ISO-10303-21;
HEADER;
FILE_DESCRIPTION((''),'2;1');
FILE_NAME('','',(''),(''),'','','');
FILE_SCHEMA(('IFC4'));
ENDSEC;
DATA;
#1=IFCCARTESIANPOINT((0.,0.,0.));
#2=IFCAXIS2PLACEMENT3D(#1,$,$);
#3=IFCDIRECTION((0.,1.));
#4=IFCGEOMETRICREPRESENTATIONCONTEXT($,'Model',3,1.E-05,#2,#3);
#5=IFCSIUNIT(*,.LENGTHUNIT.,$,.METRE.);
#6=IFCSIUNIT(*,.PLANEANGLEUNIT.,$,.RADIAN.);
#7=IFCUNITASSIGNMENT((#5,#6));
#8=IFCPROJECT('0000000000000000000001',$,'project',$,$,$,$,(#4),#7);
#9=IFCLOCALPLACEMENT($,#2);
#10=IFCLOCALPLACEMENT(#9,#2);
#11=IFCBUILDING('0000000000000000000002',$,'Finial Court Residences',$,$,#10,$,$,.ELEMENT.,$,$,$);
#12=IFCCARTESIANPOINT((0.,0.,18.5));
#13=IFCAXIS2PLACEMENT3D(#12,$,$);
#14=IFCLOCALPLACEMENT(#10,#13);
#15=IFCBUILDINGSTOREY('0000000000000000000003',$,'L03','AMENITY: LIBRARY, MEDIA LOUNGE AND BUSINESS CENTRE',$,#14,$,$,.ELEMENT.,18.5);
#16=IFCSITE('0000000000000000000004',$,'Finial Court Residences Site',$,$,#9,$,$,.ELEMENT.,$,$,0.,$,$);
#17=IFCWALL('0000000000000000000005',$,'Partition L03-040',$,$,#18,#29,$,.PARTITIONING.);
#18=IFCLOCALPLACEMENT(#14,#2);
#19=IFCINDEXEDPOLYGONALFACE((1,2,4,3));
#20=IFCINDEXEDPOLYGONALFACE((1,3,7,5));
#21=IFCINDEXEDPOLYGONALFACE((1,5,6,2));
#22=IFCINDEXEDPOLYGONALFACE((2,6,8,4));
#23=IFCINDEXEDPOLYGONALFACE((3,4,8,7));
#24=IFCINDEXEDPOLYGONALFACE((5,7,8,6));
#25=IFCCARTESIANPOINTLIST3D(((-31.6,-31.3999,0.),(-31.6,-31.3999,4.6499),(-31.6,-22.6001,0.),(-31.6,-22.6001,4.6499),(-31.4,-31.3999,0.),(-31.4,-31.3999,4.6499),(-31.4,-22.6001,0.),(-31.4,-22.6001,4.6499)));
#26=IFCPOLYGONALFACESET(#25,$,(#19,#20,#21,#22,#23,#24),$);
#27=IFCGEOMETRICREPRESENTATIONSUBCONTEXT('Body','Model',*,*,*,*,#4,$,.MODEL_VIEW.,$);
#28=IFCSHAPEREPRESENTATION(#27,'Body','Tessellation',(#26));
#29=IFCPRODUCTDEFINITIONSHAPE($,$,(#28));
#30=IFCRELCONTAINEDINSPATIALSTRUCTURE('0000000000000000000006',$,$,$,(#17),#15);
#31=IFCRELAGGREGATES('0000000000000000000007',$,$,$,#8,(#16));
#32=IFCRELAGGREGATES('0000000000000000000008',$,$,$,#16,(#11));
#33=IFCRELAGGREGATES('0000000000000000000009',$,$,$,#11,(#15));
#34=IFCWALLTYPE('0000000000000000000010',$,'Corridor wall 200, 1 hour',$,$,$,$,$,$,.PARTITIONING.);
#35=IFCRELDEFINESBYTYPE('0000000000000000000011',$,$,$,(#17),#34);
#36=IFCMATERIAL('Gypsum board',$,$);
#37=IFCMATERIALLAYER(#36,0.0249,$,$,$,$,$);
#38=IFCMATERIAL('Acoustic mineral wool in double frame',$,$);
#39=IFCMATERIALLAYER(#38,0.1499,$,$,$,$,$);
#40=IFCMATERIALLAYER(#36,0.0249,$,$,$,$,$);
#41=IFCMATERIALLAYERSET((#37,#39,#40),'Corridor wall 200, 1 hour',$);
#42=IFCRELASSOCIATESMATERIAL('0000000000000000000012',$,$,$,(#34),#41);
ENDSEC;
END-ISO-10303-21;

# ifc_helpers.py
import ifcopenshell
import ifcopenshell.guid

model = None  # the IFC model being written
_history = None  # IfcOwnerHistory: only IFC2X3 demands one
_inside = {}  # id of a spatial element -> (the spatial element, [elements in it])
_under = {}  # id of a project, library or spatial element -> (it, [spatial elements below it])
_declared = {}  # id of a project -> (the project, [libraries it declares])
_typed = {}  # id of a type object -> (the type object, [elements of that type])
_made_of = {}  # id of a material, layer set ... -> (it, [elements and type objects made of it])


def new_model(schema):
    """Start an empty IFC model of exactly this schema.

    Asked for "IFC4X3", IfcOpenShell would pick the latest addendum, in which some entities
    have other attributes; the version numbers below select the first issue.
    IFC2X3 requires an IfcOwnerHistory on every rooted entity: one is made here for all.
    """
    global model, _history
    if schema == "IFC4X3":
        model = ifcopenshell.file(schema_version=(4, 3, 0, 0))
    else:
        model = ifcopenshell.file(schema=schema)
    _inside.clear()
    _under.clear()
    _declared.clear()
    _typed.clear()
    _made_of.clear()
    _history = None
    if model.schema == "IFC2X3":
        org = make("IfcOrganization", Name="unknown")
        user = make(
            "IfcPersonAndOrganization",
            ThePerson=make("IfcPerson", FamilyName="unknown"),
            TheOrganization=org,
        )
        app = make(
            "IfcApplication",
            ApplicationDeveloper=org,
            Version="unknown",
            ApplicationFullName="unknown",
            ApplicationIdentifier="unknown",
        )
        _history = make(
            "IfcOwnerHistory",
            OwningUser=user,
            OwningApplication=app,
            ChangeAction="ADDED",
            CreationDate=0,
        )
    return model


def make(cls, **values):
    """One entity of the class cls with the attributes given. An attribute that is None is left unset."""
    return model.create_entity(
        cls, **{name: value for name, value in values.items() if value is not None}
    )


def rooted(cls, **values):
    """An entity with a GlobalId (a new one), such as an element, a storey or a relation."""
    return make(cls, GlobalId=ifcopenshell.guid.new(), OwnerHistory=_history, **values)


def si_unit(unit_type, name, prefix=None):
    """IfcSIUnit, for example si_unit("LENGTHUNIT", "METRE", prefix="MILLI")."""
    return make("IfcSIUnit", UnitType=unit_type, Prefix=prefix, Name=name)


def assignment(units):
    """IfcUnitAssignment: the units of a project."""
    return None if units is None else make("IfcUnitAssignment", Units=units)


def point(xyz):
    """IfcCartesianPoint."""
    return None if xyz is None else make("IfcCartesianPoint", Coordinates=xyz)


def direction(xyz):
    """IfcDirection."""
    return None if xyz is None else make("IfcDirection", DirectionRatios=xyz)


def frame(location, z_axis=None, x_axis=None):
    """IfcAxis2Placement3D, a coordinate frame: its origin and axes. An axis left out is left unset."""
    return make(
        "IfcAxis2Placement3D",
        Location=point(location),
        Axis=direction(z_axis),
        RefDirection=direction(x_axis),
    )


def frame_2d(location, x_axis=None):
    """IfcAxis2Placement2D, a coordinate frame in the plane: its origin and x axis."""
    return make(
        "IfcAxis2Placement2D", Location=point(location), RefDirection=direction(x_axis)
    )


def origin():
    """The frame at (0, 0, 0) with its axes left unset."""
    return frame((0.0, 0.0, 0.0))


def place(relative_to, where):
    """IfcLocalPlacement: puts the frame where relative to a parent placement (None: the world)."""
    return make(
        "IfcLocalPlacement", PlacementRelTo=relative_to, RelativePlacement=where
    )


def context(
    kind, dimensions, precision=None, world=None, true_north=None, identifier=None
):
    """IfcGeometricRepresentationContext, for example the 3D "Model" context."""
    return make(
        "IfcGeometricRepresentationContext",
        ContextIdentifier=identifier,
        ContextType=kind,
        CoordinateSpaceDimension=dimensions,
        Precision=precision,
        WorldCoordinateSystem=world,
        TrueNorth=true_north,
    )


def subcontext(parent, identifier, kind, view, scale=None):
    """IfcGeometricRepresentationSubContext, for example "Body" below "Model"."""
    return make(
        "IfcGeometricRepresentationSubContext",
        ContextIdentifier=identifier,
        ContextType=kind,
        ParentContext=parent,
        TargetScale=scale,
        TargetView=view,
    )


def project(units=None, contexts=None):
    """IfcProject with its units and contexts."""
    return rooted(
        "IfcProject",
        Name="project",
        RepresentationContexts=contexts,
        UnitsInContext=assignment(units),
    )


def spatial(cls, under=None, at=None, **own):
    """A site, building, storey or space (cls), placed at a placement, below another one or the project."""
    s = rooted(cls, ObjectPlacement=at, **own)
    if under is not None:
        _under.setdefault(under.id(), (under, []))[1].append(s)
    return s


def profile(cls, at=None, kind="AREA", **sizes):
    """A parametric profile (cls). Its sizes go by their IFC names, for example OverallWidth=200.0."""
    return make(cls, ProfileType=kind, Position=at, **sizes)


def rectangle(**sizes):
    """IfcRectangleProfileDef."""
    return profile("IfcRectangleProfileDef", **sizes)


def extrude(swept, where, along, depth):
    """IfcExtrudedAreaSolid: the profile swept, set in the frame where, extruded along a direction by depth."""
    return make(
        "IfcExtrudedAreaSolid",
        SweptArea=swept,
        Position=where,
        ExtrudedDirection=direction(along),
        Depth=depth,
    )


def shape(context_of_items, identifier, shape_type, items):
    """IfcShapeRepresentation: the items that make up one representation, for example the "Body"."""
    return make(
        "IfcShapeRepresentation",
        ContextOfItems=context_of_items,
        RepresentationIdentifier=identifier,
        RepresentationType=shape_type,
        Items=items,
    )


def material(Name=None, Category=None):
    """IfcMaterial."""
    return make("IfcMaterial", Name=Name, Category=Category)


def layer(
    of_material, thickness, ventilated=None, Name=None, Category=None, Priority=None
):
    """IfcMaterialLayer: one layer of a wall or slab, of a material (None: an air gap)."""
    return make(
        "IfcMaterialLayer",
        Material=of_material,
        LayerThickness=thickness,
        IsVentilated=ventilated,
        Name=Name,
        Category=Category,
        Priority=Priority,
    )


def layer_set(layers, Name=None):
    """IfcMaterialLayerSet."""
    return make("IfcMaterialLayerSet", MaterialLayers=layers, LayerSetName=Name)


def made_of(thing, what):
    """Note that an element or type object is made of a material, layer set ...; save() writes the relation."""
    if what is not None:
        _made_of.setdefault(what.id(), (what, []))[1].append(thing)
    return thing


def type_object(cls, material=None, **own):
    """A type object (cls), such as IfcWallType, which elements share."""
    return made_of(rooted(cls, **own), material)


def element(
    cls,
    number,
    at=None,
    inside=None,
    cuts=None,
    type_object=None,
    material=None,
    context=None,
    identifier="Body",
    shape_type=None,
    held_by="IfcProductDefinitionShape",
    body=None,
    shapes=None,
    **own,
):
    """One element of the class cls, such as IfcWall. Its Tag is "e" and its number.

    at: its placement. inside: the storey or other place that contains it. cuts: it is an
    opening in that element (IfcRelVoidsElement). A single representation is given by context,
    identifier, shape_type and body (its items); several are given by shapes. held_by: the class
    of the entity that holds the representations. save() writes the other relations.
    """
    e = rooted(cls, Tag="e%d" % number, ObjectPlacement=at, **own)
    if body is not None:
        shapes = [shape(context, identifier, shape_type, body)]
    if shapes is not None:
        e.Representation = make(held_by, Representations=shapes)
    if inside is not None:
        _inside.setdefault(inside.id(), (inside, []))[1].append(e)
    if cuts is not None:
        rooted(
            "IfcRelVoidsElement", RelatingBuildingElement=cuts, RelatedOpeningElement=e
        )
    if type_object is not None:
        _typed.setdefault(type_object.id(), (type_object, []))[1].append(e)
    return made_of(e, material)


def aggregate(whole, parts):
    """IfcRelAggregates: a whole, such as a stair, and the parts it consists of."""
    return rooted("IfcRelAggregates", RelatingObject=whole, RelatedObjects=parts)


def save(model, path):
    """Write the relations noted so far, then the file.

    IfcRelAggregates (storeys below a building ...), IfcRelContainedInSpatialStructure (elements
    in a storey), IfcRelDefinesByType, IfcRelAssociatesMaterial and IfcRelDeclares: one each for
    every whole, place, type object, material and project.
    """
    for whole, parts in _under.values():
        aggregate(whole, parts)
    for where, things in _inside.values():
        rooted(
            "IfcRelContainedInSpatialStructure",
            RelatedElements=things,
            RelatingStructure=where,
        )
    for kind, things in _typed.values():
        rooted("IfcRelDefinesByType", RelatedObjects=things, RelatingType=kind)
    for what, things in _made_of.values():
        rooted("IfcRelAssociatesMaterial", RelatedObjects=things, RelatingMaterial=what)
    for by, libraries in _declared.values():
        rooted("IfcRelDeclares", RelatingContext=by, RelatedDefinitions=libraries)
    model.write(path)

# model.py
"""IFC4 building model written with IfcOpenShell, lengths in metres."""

from ifc_helpers import new_model, si_unit, direction, frame, frame_2d, origin, place, context, subcontext, project, spatial, rectangle, extrude, material, layer, layer_set, type_object, element, save


model = new_model("IFC4")

# Units and contexts
model_context = context("Model", 3, precision=1e-05, world=origin(), true_north=direction((0.0, 1.0)))
body_context = subcontext(model_context, "Body", "Model", "MODEL_VIEW")
ifc_project = project(units=[si_unit("LENGTHUNIT", "METRE"), si_unit("PLANEANGLEUNIT", "RADIAN")], contexts=[model_context])

# Site, building, storey
site_placement = place(None, origin())
site = spatial("IfcSite", under=ifc_project, at=site_placement, Name="Finial Court Residences Site", CompositionType="ELEMENT", RefElevation=0.0)
building_placement = place(site_placement, origin())
building = spatial("IfcBuilding", under=site, at=building_placement, Name="Finial Court Residences", CompositionType="ELEMENT")
storey_placement = place(building_placement, frame((0.0, 0.0, 18.5)))
storey = spatial("IfcBuildingStorey", under=building, at=storey_placement, Name="L03", Description="AMENITY: LIBRARY, MEDIA LOUNGE AND BUSINESS CENTRE", CompositionType="ELEMENT", Elevation=18.5)

# Wall
ifc_material_1 = material(Name="Gypsum board")
ifc_layer_1 = layer(ifc_material_1, 0.0249)
ifc_material_2 = material(Name="Acoustic mineral wool in double frame")
ifc_layer_2 = layer(ifc_material_2, 0.1499)
ifc_layer_3 = layer(ifc_material_1, 0.0249)
ifc_layer_set_1 = layer_set([ifc_layer_1, ifc_layer_2, ifc_layer_3], Name="Corridor wall 200, 1 hour")
wall_type = type_object("IfcWallType", Name="Corridor wall 200, 1 hour", PredefinedType="PARTITIONING", material=ifc_layer_set_1)
wall_1_placement = place(storey_placement, frame((-31.5, -31.3999, 0.0), z_axis=(0.0, 0.0, 1.0), x_axis=(0.0, 1.0, 0.0)))
element("IfcWall", 1, at=wall_1_placement, inside=storey, type_object=wall_type, Name="Partition L03-040", PredefinedType="PARTITIONING", context=body_context, shape_type="SweptSolid", body=[
    extrude(rectangle(XDim=8.7998, YDim=0.2, at=frame_2d((4.3999, 0.0))), origin(), (0.0, 0.0, 1.0), 4.6499),
])

save(model, "model.ifc")
